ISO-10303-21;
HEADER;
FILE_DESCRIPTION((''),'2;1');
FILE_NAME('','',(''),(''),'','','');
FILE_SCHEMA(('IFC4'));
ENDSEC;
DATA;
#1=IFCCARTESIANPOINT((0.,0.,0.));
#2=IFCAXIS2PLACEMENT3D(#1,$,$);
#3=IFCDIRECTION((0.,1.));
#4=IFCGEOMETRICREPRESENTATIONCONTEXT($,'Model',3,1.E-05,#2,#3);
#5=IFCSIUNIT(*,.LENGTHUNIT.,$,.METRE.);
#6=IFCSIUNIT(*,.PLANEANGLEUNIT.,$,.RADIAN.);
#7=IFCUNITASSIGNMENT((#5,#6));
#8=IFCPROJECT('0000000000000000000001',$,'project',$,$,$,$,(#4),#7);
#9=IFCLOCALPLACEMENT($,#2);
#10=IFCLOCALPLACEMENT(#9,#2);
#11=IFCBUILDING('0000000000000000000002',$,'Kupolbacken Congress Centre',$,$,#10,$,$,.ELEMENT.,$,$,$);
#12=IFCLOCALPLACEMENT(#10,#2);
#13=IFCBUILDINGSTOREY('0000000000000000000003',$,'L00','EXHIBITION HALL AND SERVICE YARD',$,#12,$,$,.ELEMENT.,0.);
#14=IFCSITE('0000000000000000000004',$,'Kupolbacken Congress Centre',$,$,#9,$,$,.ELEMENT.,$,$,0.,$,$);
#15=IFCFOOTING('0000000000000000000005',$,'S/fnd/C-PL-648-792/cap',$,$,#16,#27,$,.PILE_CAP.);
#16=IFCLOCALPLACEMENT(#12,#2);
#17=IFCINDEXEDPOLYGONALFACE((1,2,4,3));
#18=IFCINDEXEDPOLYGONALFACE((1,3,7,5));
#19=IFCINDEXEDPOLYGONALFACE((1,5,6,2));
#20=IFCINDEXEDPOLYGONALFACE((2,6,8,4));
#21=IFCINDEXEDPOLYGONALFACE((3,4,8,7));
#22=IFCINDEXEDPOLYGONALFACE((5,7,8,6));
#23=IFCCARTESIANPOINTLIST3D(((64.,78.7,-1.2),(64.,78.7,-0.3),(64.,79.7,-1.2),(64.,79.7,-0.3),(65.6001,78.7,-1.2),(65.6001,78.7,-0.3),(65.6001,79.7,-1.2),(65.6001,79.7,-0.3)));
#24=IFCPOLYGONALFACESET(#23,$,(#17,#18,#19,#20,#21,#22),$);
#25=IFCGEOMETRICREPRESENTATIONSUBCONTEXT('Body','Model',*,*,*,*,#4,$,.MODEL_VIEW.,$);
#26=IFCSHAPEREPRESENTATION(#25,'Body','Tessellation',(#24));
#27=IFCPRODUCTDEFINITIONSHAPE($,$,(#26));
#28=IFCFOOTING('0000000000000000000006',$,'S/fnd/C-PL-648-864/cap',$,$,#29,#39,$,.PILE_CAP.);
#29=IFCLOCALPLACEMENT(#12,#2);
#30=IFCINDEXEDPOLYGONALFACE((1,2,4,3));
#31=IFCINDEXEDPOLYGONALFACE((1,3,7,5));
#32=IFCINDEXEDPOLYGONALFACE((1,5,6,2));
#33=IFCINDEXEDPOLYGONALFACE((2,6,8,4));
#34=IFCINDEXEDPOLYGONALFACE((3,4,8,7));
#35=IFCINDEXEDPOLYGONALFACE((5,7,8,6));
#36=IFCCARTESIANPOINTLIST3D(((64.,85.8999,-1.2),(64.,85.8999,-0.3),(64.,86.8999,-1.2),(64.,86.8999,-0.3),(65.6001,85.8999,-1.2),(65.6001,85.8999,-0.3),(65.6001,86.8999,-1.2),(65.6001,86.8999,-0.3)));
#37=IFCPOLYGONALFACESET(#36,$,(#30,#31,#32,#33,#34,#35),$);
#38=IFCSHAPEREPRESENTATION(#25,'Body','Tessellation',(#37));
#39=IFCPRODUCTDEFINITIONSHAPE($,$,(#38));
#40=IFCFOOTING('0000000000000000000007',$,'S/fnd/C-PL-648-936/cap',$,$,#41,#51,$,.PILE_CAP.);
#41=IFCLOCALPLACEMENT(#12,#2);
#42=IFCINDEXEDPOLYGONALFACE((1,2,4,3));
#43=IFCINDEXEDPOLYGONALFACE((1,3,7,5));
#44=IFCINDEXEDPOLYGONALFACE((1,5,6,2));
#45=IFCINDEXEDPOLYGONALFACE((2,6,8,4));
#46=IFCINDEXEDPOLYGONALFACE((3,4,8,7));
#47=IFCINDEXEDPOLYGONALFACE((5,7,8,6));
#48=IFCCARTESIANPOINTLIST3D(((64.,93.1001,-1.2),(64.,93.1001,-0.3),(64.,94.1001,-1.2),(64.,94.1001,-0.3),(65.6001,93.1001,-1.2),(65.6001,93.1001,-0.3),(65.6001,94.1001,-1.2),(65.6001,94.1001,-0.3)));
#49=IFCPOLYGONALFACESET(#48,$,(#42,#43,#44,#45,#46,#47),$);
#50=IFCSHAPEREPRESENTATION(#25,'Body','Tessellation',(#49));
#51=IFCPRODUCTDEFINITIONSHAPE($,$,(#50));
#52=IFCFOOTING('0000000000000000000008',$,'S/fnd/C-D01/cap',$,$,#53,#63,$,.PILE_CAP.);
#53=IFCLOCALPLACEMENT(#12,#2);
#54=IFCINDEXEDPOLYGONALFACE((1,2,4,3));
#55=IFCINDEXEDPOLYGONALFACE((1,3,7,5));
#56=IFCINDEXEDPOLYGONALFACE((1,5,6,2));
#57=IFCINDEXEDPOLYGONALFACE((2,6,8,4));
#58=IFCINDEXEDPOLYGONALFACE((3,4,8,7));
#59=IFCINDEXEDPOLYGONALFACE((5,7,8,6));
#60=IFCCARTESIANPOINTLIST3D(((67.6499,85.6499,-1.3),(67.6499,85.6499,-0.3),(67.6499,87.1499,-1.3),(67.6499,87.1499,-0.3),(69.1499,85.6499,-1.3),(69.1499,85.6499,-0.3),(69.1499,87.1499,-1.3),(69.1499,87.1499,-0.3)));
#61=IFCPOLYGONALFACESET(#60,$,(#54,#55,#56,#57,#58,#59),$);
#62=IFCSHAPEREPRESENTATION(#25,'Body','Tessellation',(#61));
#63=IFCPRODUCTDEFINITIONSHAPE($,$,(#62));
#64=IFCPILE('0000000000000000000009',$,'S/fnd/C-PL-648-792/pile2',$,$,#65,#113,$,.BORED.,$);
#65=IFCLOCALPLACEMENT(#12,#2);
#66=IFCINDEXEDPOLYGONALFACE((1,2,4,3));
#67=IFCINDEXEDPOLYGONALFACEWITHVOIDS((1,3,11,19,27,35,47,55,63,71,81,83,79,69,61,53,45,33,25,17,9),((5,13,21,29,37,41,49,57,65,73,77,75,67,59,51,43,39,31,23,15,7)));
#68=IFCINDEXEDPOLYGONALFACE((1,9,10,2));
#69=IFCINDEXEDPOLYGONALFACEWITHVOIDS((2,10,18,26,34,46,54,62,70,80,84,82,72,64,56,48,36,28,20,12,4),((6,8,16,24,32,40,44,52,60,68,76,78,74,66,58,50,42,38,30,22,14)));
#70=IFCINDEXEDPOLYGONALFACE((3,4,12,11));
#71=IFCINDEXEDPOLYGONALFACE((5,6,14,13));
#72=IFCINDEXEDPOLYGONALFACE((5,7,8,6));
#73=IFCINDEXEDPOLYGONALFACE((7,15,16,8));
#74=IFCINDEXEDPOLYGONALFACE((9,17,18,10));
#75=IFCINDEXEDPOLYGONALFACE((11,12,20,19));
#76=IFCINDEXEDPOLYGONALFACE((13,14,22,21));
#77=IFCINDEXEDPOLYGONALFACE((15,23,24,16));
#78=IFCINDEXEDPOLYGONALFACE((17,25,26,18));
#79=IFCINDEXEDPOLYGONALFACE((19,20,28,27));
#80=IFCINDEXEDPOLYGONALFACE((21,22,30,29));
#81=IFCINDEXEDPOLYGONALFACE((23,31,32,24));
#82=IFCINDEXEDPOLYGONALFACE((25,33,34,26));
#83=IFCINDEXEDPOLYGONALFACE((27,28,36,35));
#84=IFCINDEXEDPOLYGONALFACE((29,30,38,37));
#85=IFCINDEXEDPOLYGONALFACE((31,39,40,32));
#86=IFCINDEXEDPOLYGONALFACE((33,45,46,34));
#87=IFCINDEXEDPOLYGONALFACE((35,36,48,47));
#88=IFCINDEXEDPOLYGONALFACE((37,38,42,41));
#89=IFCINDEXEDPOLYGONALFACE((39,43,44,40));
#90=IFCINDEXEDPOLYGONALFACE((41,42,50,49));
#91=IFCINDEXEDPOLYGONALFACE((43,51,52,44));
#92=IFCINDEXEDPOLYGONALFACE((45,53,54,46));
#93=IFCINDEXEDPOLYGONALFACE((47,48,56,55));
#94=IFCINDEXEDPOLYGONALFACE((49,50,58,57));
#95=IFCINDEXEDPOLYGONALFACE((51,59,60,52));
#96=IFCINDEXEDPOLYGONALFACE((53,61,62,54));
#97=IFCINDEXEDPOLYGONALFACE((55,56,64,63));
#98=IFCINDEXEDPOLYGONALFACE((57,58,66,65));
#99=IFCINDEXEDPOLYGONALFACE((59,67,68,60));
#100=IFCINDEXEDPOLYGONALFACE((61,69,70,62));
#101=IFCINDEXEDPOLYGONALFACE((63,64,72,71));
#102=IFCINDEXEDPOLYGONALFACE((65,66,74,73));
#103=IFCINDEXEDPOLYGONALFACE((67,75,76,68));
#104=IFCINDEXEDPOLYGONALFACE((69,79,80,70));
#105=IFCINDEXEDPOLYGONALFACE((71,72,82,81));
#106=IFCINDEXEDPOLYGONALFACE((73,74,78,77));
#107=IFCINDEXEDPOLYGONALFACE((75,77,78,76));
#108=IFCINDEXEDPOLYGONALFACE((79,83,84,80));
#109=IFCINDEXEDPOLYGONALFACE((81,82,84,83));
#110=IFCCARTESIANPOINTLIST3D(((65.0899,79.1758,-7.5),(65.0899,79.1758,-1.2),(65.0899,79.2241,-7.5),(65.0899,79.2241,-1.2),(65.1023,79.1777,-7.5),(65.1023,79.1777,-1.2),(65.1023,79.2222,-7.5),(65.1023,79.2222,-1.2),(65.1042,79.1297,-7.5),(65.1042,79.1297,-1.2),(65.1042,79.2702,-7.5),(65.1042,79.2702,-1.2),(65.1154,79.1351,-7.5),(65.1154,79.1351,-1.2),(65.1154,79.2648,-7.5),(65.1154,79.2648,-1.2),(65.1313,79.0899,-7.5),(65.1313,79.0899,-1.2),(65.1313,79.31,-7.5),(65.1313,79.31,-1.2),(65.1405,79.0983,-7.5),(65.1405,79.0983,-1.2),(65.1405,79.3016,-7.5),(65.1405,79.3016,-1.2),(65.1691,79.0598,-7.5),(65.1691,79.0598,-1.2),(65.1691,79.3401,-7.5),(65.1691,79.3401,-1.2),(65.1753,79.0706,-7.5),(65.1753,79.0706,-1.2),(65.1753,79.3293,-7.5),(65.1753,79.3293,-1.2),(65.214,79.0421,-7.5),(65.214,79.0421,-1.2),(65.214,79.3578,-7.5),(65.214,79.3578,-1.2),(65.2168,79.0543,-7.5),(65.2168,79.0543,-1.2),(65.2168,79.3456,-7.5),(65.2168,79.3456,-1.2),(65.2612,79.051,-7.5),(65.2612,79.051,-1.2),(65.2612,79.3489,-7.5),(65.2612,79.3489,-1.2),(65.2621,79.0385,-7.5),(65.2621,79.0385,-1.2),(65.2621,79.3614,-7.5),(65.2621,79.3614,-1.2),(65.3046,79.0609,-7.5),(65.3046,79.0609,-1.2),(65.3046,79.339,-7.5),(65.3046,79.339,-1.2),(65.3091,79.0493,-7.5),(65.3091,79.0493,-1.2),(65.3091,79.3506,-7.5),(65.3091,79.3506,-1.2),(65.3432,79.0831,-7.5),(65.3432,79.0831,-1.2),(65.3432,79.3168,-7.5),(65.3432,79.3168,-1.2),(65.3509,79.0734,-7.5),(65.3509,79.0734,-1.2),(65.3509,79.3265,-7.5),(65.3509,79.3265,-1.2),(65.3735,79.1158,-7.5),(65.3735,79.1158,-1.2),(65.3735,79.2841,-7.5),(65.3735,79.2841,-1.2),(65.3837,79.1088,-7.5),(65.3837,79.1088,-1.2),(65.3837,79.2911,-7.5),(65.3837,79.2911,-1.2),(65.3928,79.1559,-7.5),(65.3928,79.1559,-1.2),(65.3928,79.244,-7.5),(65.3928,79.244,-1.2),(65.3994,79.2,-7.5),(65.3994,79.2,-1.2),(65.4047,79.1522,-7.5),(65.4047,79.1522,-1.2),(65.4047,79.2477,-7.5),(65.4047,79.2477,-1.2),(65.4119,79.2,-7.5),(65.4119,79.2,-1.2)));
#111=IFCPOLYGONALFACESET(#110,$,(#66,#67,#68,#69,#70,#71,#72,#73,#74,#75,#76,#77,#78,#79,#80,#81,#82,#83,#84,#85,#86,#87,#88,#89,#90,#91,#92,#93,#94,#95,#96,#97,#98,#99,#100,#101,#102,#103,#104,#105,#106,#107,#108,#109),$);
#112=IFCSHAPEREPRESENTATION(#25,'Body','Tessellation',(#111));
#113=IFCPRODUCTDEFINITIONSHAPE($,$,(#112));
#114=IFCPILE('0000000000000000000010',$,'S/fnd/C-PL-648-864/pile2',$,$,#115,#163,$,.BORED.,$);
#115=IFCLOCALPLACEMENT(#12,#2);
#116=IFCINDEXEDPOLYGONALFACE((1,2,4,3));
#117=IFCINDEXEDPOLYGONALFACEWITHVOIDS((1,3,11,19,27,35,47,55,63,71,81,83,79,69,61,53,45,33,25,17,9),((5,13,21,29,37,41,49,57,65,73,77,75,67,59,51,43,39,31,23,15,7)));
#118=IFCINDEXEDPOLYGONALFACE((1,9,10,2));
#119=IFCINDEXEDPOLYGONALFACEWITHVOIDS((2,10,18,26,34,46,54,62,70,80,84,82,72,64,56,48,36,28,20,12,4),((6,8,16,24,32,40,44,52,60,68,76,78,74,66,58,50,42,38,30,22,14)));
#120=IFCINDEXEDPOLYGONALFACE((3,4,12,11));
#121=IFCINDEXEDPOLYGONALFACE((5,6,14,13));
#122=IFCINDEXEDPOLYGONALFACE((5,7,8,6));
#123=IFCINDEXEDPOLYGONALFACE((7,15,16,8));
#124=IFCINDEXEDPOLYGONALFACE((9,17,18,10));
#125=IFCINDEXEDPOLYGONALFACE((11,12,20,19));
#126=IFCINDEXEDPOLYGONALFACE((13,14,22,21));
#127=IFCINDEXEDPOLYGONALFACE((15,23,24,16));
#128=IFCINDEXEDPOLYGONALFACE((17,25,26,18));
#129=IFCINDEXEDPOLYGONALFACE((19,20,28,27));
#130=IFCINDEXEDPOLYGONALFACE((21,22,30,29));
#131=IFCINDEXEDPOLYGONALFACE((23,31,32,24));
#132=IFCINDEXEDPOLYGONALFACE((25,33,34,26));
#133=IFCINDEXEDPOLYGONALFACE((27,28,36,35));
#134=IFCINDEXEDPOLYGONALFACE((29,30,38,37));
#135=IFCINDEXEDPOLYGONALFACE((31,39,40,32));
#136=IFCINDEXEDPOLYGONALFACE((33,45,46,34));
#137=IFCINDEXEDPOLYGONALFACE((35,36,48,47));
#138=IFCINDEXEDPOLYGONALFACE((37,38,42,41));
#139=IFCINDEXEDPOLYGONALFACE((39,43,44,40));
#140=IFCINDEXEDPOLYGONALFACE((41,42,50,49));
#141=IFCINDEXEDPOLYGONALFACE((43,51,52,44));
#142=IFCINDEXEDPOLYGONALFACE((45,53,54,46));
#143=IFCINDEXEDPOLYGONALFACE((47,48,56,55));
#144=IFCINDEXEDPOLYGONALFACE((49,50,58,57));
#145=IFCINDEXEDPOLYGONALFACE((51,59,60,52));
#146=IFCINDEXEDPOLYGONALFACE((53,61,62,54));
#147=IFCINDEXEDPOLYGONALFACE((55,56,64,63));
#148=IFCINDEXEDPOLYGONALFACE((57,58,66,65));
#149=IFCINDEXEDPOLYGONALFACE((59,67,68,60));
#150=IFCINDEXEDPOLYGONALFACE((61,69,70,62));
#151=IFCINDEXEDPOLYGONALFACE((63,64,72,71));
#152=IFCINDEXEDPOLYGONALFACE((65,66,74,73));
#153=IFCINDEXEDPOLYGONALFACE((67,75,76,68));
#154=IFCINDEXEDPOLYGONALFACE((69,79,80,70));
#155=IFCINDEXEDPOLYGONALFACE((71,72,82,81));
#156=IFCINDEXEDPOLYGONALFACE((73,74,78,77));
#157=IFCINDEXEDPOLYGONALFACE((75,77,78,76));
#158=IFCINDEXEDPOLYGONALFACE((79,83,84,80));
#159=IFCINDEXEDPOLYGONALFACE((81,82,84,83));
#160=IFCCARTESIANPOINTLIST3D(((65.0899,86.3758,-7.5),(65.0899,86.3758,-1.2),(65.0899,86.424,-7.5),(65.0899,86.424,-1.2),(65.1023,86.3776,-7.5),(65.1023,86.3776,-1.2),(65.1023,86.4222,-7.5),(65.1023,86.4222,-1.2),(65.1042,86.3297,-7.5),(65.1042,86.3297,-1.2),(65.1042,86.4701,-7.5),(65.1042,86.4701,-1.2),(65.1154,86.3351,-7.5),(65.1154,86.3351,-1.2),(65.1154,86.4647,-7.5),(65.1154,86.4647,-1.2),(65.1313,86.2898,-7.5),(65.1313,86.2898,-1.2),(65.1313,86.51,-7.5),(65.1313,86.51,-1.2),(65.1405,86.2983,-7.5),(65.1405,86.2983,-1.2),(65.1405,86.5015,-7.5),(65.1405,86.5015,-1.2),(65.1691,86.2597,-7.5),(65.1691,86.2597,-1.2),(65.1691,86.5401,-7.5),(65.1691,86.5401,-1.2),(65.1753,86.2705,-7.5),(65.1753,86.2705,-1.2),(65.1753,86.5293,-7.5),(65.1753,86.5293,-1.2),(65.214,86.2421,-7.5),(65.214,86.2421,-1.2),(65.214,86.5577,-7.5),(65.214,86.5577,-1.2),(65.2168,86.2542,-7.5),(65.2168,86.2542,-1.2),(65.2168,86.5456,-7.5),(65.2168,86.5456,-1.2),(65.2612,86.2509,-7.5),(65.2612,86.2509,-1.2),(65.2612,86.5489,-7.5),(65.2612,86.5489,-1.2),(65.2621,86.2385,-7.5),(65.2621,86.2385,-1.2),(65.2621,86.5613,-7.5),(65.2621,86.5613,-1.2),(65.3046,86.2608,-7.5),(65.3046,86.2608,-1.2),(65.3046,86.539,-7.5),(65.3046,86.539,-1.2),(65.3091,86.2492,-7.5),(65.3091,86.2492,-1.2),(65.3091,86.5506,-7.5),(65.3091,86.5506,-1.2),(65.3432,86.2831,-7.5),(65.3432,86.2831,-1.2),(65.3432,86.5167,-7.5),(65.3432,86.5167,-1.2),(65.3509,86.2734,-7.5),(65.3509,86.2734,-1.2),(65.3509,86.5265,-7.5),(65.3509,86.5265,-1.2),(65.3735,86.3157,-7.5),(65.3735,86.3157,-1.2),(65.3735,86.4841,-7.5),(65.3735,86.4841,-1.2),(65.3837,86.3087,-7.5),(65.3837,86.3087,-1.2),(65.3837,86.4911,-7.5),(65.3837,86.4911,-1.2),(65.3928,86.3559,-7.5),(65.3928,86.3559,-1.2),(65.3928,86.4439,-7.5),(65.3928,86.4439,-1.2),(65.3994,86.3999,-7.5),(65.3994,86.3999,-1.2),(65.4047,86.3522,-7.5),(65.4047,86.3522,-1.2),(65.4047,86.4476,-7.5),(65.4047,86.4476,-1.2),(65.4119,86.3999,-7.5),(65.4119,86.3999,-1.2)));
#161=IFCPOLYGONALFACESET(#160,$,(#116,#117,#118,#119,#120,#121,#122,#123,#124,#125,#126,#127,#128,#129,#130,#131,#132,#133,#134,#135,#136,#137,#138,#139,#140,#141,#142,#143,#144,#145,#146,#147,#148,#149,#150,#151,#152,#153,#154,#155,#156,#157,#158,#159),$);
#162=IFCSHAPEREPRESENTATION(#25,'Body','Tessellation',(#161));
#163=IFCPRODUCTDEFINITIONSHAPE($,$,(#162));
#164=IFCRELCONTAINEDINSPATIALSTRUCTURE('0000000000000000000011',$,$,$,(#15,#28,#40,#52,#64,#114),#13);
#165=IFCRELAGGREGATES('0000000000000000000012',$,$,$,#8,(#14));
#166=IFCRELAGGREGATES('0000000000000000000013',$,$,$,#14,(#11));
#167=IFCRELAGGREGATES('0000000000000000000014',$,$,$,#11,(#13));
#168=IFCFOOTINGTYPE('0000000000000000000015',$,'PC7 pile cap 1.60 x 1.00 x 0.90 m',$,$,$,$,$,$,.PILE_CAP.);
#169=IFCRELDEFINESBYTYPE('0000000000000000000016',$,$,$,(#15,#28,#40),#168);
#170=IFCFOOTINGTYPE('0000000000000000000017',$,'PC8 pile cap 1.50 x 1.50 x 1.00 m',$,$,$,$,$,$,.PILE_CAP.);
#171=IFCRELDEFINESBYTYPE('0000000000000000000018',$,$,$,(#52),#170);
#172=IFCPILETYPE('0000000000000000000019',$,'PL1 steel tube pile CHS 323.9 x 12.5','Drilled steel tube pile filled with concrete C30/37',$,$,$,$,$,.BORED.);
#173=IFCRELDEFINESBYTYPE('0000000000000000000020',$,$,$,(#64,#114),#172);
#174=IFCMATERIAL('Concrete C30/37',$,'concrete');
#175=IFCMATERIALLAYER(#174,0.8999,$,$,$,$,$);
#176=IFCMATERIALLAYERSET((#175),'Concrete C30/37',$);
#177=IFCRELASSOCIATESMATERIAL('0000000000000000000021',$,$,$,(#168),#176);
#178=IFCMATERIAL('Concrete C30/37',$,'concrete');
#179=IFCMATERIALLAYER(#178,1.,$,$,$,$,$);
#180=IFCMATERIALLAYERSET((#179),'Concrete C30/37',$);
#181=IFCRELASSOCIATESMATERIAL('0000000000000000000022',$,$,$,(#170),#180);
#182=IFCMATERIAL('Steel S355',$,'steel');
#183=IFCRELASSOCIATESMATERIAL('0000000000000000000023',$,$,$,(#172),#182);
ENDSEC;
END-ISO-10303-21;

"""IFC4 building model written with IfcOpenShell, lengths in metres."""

from ifc_helpers import new_model, si_unit, direction, frame, origin, origin_2d, place, context, subcontext, project, spatial, rectangle, hollow_circle, extrude, material, layer, layer_set, material_profile, profile_set, type_object, element, save


model = new_model("IFC4")

# Units and contexts
model_context = context("Model", 3, precision=1e-05, world=origin(), true_north=direction((0.0, 1.0)))
body_context = subcontext(model_context, "Body", "Model", "MODEL_VIEW")
ifc_project = project(units=[si_unit("LENGTHUNIT", "METRE"), si_unit("PLANEANGLEUNIT", "RADIAN")], contexts=[model_context])

# Site, building, storey
site_placement = place(None, origin())
site = spatial("IfcSite", under=ifc_project, at=site_placement, Name="Kupolbacken Congress Centre", CompositionType="ELEMENT", RefElevation=0.0)
building_placement = place(site_placement, origin())
building = spatial("IfcBuilding", under=site, at=building_placement, Name="Kupolbacken Congress Centre", CompositionType="ELEMENT")
storey_placement = place(building_placement, origin())
storey = spatial("IfcBuildingStorey", under=building, at=storey_placement, Name="L00", Description="EXHIBITION HALL AND SERVICE YARD", CompositionType="ELEMENT", Elevation=0.0)

# Footings
ifc_material_1 = material(Name="Concrete C30/37", Category="concrete")
ifc_layer_1 = layer(ifc_material_1, 0.8999)
ifc_layer_set_1 = layer_set([ifc_layer_1], Name="Concrete C30/37")
footing_type_1 = type_object("IfcFootingType", Name="PC7 pile cap 1.60 x 1.00 x 0.90 m", PredefinedType="PILE_CAP", material=ifc_layer_set_1)
for number, where, z_axis, x_axis, name in (
    (1, (64.8, 79.2, -1.2), (0.0, 0.0, 1.0), (1.0, 0.0, 0.0), "S/fnd/C-PL-648-792/cap"),
    (2, (64.8, 86.3999, -1.2), (0.0, 0.0, 1.0), (1.0, 0.0, 0.0), "S/fnd/C-PL-648-864/cap"),
    (3, (64.8, 93.6001, -1.2), (0.0, 0.0, 1.0), (1.0, 0.0, 0.0), "S/fnd/C-PL-648-936/cap"),
):
    element("IfcFooting", number, at=place(storey_placement, frame(where, z_axis=z_axis, x_axis=x_axis)), inside=storey, type_object=footing_type_1, Name=name, PredefinedType="PILE_CAP", context=body_context, shape_type="SweptSolid", body=[
        extrude(rectangle(XDim=1.6001, YDim=1.0, at=origin_2d()), origin(), (0.0, 0.0, 1.0), 0.8999),
    ])
ifc_material_2 = material(Name="Concrete C30/37", Category="concrete")
ifc_layer_2 = layer(ifc_material_2, 1.0)
ifc_layer_set_2 = layer_set([ifc_layer_2], Name="Concrete C30/37")
footing_type_2 = type_object("IfcFootingType", Name="PC8 pile cap 1.50 x 1.50 x 1.00 m", PredefinedType="PILE_CAP", material=ifc_layer_set_2)
footing_placement = place(storey_placement, frame((68.3999, 86.3999, -1.3), z_axis=(0.0, 0.0, 1.0), x_axis=(1.0, 0.0, 0.0)))
element("IfcFooting", 4, at=footing_placement, inside=storey, type_object=footing_type_2, Name="S/fnd/C-D01/cap", PredefinedType="PILE_CAP", context=body_context, shape_type="SweptSolid", body=[
    extrude(rectangle(XDim=1.5, YDim=1.5, at=origin_2d()), origin(), (0.0, 0.0, 1.0), 1.0),
])

# Piles
ifc_material_3 = material(Name="Steel S355", Category="steel")
ifc_material_profile_1 = material_profile(ifc_material_3, hollow_circle(Radius=0.1619, WallThickness=0.0125, at=origin_2d()), Name="CHS 323.9 x 12.5")
ifc_profile_set_1 = profile_set([ifc_material_profile_1], Name="Steel S355")
pile_type_1 = type_object("IfcPileType", Name="PL1 steel tube pile CHS 323.9 x 12.5", Description="Drilled steel tube pile filled with concrete C30/37", PredefinedType="BORED", material=ifc_profile_set_1)
for number, where, z_axis, x_axis, name in (
    (5, (65.25, 79.2, -1.2), (0.0, 0.0, -1.0), (1.0, 0.0, 0.0), "S/fnd/C-PL-648-792/pile2"),
    (6, (65.25, 86.3999, -1.2), (0.0, 0.0, -1.0), (1.0, 0.0, 0.0), "S/fnd/C-PL-648-864/pile2"),
):
    element("IfcPile", number, at=place(storey_placement, frame(where, z_axis=z_axis, x_axis=x_axis)), inside=storey, type_object=pile_type_1, Name=name, PredefinedType="BORED", context=body_context, shape_type="SweptSolid", body=[
        extrude(hollow_circle(Radius=0.1619, WallThickness=0.0125, at=origin_2d()), origin(), (0.0, 0.0, 1.0), 6.3),
    ])

save(model, "model.ifc")
